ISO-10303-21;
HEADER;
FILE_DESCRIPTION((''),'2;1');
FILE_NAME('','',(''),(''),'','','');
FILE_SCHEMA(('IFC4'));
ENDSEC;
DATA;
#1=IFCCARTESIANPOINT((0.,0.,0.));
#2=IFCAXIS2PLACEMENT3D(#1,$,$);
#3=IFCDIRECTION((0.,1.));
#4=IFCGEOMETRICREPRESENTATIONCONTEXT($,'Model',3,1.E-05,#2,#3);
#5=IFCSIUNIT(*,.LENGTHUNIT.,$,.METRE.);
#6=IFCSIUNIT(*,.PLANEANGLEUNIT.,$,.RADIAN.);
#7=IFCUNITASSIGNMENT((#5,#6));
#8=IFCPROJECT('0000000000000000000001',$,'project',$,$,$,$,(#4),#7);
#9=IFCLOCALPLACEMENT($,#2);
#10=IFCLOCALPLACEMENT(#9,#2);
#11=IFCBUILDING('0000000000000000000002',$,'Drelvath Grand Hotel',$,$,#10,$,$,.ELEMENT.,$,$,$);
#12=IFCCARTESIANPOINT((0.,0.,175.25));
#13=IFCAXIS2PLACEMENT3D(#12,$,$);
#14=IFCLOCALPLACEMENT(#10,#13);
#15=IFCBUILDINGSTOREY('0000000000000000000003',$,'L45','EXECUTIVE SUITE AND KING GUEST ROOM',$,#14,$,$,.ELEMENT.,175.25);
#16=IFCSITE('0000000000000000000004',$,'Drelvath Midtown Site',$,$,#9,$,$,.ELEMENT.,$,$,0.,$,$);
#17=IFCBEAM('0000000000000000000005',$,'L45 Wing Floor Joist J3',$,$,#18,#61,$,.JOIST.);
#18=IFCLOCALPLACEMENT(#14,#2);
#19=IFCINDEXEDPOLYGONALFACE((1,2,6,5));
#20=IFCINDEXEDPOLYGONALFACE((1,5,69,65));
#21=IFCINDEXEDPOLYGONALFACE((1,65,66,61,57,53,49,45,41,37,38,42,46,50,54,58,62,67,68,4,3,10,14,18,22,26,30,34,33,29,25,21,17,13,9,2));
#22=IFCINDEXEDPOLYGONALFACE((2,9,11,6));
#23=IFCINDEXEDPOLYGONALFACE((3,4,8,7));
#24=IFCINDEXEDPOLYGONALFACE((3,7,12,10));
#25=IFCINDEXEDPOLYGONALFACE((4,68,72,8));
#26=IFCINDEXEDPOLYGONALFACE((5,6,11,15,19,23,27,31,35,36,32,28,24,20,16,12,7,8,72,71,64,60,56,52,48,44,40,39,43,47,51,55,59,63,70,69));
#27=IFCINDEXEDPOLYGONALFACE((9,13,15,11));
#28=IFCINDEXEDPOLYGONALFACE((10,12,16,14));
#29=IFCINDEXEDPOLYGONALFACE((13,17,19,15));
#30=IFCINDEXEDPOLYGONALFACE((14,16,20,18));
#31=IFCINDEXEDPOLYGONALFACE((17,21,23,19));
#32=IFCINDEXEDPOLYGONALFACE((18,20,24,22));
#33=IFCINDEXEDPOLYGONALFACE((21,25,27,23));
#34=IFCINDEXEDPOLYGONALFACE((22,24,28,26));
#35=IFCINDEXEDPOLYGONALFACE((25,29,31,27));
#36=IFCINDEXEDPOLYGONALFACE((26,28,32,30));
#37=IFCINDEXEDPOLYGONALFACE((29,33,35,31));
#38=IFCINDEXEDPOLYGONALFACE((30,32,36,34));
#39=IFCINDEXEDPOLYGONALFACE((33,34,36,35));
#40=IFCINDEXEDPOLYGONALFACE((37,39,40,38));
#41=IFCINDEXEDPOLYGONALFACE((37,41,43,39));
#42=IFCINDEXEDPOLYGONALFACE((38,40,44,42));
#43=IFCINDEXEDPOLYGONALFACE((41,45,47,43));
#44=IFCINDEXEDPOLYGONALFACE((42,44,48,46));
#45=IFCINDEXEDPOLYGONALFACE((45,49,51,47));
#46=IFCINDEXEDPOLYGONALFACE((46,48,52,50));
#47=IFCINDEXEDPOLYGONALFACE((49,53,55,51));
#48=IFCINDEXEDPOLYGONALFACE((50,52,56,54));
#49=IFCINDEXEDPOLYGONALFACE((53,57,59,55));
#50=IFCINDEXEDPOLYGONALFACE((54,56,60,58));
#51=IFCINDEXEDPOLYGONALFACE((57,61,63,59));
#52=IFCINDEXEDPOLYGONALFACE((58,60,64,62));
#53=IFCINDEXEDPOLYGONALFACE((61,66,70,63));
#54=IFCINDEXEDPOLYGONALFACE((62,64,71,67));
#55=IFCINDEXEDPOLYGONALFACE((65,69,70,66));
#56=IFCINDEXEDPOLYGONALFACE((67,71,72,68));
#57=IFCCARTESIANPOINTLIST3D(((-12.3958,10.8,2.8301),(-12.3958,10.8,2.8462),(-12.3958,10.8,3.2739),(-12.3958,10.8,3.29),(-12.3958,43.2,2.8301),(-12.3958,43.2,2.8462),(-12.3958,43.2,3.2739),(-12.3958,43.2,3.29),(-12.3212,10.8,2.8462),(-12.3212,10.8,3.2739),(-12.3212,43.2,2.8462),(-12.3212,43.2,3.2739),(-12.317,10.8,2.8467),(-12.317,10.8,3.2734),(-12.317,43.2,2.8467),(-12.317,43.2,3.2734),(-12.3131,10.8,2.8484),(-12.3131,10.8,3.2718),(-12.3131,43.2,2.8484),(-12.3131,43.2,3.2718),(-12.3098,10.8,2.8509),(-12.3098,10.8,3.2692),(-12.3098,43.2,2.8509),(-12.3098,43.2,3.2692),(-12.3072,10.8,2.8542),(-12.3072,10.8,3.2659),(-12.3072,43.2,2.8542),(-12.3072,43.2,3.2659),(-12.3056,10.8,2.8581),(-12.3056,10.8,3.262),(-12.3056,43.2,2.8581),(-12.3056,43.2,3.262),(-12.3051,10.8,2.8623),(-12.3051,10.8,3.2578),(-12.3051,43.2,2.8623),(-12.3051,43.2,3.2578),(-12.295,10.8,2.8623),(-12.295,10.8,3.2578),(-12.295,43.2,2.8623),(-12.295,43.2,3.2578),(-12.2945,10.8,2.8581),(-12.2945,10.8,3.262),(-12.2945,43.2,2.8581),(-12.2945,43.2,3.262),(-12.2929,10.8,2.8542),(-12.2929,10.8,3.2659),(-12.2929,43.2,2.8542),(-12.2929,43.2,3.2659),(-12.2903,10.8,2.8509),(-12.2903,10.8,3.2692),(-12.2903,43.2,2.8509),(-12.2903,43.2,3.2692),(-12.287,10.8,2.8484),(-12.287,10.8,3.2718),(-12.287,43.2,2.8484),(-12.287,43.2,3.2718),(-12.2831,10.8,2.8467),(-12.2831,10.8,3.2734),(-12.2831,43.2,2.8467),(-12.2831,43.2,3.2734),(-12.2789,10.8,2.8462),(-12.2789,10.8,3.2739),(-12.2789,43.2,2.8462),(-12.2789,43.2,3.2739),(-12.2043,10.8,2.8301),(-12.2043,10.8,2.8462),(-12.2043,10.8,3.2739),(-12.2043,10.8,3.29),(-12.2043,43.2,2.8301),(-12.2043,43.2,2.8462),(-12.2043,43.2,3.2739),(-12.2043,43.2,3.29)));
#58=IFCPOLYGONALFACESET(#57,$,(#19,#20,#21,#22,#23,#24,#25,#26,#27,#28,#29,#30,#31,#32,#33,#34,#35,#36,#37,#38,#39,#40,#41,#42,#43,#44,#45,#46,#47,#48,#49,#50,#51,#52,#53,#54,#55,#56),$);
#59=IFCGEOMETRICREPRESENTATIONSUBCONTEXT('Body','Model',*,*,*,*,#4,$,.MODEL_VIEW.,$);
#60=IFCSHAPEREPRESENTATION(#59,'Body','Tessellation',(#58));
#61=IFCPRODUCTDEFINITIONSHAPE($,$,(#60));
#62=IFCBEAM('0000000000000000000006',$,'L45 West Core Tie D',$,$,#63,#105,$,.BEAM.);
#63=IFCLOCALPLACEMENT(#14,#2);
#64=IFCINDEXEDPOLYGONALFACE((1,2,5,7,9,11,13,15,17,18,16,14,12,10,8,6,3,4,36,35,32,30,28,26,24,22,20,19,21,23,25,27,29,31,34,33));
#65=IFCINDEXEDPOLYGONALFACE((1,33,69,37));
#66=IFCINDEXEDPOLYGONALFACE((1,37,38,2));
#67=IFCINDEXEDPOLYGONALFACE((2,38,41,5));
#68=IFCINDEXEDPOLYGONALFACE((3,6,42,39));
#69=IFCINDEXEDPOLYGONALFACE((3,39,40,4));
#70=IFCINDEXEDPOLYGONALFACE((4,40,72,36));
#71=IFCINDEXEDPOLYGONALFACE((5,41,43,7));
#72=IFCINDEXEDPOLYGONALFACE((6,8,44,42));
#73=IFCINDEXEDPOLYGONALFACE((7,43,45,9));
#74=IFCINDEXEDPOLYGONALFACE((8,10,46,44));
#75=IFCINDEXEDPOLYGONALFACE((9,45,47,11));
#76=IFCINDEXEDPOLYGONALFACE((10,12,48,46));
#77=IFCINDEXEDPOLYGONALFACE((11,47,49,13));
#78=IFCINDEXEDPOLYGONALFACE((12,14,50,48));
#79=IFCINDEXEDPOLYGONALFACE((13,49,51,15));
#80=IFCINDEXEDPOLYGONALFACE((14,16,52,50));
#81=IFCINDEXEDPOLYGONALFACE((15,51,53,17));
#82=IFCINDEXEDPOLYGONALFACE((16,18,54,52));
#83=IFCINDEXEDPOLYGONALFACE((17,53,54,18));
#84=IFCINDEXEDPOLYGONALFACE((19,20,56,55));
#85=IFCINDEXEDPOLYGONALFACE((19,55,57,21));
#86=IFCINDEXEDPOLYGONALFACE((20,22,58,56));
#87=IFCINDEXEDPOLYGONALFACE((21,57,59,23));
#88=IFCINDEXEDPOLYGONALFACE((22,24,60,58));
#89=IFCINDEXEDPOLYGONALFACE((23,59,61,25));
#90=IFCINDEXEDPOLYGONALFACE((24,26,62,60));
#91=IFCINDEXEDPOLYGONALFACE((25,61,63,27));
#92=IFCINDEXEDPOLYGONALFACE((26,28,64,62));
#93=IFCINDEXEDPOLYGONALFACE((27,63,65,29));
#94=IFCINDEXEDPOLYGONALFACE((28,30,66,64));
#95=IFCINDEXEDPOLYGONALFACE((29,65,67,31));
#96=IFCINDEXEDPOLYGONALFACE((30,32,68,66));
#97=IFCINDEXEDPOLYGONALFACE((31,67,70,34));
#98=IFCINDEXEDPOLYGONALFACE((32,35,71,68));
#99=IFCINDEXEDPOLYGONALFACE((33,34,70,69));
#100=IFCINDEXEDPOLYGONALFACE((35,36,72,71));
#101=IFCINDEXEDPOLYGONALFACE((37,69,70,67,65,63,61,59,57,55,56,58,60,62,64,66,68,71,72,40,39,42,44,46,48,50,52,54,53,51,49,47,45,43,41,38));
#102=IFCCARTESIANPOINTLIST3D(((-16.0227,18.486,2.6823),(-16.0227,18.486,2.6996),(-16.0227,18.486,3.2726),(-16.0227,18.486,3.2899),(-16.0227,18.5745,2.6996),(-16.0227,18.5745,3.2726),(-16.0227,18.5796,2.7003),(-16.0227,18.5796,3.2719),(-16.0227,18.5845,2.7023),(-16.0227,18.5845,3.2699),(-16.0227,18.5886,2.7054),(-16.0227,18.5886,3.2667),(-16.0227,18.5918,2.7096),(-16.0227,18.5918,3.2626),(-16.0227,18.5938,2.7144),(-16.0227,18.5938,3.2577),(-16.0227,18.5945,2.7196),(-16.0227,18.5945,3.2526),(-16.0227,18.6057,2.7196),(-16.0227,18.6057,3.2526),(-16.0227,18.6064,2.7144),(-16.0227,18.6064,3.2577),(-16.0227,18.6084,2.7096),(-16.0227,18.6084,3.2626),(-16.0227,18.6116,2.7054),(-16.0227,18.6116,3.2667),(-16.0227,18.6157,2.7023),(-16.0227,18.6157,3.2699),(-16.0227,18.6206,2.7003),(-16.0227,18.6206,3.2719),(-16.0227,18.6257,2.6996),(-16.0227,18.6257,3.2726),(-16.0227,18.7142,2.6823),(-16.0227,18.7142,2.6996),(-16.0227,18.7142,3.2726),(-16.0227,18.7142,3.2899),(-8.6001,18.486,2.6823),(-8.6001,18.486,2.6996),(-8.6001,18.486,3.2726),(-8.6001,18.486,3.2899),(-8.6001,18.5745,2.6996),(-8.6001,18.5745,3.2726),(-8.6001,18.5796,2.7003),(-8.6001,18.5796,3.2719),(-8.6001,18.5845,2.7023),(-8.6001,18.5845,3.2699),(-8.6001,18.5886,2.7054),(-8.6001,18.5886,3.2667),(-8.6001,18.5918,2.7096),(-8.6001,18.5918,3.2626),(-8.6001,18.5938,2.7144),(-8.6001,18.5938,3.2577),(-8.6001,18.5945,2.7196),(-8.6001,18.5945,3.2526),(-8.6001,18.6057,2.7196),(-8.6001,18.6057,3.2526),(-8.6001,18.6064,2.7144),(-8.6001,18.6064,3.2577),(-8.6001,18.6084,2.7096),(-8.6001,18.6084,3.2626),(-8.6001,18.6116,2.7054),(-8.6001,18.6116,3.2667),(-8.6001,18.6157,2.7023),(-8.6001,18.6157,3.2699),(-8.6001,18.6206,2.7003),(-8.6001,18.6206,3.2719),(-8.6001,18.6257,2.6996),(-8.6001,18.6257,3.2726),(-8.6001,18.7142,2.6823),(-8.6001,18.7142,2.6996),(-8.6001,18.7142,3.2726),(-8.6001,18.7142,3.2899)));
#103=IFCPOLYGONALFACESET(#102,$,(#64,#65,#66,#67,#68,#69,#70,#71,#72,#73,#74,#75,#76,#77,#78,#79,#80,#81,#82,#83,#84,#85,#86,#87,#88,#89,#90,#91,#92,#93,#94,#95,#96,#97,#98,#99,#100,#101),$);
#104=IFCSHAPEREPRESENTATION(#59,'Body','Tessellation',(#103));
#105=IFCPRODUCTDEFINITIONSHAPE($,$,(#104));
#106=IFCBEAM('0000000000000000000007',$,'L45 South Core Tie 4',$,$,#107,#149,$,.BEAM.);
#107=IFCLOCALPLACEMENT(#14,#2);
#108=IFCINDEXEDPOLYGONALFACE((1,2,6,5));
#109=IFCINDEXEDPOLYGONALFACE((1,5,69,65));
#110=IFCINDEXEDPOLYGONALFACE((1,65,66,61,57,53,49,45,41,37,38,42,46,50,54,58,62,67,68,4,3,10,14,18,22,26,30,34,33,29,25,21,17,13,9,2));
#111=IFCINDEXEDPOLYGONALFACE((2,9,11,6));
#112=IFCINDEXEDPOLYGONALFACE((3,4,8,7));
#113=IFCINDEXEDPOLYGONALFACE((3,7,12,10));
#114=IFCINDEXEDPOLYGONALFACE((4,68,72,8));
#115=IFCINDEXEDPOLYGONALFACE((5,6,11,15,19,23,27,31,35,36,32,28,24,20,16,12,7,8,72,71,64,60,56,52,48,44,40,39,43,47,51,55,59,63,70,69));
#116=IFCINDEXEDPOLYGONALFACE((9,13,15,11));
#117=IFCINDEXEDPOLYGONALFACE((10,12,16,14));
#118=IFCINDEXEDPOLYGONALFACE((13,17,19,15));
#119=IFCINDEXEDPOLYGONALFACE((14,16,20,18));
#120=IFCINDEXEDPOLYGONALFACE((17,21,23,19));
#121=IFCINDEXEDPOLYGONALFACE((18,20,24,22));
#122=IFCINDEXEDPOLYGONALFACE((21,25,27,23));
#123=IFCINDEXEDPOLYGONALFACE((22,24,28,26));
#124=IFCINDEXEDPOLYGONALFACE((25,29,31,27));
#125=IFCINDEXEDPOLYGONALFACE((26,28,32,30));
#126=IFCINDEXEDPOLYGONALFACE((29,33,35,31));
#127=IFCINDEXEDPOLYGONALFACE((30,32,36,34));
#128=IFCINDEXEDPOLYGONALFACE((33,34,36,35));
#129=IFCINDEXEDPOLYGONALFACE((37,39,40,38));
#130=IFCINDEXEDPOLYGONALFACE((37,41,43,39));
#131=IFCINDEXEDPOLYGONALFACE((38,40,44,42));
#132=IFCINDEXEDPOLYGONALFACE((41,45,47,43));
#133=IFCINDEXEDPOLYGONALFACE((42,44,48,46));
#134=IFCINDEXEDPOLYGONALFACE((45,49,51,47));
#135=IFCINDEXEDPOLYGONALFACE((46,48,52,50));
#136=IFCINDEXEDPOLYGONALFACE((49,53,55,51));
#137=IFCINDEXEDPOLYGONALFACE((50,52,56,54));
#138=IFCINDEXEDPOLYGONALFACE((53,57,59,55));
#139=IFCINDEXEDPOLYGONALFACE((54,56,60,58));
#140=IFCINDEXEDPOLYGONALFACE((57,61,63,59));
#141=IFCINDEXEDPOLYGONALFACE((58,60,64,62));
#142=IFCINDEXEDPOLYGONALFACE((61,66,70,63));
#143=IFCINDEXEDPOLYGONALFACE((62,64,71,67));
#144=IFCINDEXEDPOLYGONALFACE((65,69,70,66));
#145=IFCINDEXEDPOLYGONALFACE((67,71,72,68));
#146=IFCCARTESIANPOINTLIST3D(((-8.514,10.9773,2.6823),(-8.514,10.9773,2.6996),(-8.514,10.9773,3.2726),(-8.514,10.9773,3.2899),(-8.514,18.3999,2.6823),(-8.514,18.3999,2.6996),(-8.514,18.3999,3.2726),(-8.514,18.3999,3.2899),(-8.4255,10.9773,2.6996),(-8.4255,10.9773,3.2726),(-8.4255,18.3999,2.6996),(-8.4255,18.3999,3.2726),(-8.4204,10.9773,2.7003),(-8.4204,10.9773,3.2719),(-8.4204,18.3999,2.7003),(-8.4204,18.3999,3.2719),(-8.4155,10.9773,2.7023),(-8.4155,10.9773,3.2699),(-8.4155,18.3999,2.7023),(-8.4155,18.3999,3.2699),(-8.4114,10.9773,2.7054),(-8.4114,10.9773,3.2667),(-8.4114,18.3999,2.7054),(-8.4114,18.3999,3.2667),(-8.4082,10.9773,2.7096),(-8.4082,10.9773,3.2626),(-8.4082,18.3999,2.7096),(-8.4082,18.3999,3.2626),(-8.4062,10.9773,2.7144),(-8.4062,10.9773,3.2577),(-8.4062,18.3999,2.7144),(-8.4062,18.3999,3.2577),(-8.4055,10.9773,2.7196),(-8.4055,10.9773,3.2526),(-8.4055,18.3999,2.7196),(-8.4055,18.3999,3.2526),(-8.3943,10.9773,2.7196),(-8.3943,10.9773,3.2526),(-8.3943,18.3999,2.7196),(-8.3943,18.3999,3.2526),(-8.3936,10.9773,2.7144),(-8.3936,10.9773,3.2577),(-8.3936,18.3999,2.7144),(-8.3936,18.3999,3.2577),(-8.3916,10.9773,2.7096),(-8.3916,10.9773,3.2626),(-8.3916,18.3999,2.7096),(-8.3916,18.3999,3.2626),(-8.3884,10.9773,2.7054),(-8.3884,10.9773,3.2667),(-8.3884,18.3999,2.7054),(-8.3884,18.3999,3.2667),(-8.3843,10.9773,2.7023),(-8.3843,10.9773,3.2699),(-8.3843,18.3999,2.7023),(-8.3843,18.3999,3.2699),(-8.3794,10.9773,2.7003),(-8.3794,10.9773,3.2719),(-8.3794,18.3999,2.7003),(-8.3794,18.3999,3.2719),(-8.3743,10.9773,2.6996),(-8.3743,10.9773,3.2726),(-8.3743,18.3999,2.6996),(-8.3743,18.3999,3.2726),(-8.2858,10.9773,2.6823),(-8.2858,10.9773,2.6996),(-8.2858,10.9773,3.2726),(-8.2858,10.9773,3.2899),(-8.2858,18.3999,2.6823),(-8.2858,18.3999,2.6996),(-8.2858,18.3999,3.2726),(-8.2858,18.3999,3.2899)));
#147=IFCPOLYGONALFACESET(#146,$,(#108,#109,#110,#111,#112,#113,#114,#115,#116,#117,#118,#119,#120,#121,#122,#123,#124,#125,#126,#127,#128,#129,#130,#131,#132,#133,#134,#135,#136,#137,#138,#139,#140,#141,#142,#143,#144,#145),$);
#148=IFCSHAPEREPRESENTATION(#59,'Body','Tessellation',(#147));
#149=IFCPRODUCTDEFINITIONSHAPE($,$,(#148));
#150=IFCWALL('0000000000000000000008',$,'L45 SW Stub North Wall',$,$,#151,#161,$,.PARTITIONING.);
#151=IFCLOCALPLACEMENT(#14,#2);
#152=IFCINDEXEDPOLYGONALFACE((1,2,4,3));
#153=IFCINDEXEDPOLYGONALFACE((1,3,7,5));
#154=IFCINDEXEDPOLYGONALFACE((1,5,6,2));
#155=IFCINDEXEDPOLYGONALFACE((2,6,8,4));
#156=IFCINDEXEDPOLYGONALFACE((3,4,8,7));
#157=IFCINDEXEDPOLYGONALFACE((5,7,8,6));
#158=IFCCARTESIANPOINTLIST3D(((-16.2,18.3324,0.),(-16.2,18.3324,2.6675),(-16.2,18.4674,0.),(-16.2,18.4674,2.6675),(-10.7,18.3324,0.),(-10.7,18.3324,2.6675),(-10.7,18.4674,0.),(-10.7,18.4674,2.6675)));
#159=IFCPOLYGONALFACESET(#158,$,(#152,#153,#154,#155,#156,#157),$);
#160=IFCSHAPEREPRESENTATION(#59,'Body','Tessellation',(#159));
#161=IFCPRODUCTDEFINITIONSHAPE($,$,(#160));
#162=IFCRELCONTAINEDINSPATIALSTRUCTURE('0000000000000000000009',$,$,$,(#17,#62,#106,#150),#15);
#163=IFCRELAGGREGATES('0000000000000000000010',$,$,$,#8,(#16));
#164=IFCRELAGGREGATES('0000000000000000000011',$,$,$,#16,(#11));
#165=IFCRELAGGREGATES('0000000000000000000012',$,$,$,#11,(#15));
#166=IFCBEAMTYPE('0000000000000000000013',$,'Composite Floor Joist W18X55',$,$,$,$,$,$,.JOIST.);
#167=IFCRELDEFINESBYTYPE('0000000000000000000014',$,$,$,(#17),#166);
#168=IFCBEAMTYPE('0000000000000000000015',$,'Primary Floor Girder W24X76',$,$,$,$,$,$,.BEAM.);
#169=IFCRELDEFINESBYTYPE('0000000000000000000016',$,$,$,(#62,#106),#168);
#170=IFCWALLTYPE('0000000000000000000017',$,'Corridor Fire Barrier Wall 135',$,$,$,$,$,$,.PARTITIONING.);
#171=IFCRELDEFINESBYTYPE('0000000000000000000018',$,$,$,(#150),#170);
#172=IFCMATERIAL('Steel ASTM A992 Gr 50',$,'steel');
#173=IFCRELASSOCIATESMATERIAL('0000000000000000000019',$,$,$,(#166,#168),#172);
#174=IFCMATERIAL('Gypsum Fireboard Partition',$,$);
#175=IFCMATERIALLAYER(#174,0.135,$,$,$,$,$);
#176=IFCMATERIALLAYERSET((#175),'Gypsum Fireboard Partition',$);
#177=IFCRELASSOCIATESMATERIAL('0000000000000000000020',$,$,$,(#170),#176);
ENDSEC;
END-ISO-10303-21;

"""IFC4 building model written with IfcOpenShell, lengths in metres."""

from ifc_helpers import new_model, si_unit, direction, frame, frame_2d, origin, origin_2d, place, context, subcontext, project, spatial, rectangle, i_section, extrude, material, layer, layer_set, material_profile, profile_set, type_object, element, save


model = new_model("IFC4")

# Units and contexts
model_context = context("Model", 3, precision=1e-05, world=origin(), true_north=direction((0.0, 1.0)))
body_context = subcontext(model_context, "Body", "Model", "MODEL_VIEW")
ifc_project = project(units=[si_unit("LENGTHUNIT", "METRE"), si_unit("PLANEANGLEUNIT", "RADIAN")], contexts=[model_context])

# Site, building, storey
site_placement = place(None, origin())
site = spatial("IfcSite", under=ifc_project, at=site_placement, Name="Drelvath Midtown Site", CompositionType="ELEMENT", RefElevation=0.0)
building_placement = place(site_placement, origin())
building = spatial("IfcBuilding", under=site, at=building_placement, Name="Drelvath Grand Hotel", CompositionType="ELEMENT")
storey_placement = place(building_placement, frame((0.0, 0.0, 175.25)))
storey = spatial("IfcBuildingStorey", under=building, at=storey_placement, Name="L45", Description="EXECUTIVE SUITE AND KING GUEST ROOM", CompositionType="ELEMENT", Elevation=175.25)

# Beams
ifc_material_1 = material(Name="Steel ASTM A992 Gr 50", Category="steel")
ifc_material_profile_1 = material_profile(ifc_material_1, i_section(OverallWidth=0.1914, OverallDepth=0.46, WebThickness=0.01, FlangeThickness=0.0161, FilletRadius=0.0161, at=origin_2d()), Name="W18X55")
ifc_profile_set_1 = profile_set([ifc_material_profile_1], Name="Steel ASTM A992 Gr 50")
beam_type_1 = type_object("IfcBeamType", Name="Composite Floor Joist W18X55", PredefinedType="JOIST", material=ifc_profile_set_1)
beam_placement = place(storey_placement, frame((-12.3, 10.8, 3.0601), z_axis=(0.0, 1.0, 0.0), x_axis=(-1.0, 0.0, 0.0)))
element("IfcBeam", 1, at=beam_placement, inside=storey, type_object=beam_type_1, Name="L45 Wing Floor Joist J3", PredefinedType="JOIST", context=body_context, shape_type="SweptSolid", body=[
    extrude(i_section(OverallWidth=0.1914, OverallDepth=0.46, WebThickness=0.01, FlangeThickness=0.0161, FilletRadius=0.0161, at=origin_2d()), origin(), (0.0, 0.0, 1.0), 32.3999),
])
ifc_material_profile_2 = material_profile(ifc_material_1, i_section(OverallWidth=0.2283, OverallDepth=0.6077, WebThickness=0.0112, FlangeThickness=0.0173, FilletRadius=0.02, at=origin_2d()), Name="W24X76")
ifc_profile_set_2 = profile_set([ifc_material_profile_2], Name="Steel ASTM A992 Gr 50")
beam_type_2 = type_object("IfcBeamType", Name="Primary Floor Girder W24X76", PredefinedType="BEAM", material=ifc_profile_set_2)
for number, where, z_axis, x_axis, name in (
    (2, (-16.0227, 18.6001, 2.9861), (1.0, 0.0, 0.0), (0.0, 1.0, 0.0), "L45 West Core Tie D"),
    (3, (-8.3999, 10.9773, 2.9861), (0.0, 1.0, 0.0), (-1.0, 0.0, 0.0), "L45 South Core Tie 4"),
):
    element("IfcBeam", number, at=place(storey_placement, frame(where, z_axis=z_axis, x_axis=x_axis)), inside=storey, type_object=beam_type_2, Name=name, PredefinedType="BEAM", context=body_context, shape_type="SweptSolid", body=[
        extrude(i_section(OverallWidth=0.2283, OverallDepth=0.6077, WebThickness=0.0112, FlangeThickness=0.0173, FilletRadius=0.02, at=origin_2d()), origin(), (0.0, 0.0, 1.0), 7.4226),
    ])

# Wall
ifc_material_2 = material(Name="Gypsum Fireboard Partition")
ifc_layer_1 = layer(ifc_material_2, 0.135)
ifc_layer_set_1 = layer_set([ifc_layer_1], Name="Gypsum Fireboard Partition")
wall_type_1 = type_object("IfcWallType", Name="Corridor Fire Barrier Wall 135", PredefinedType="PARTITIONING", material=ifc_layer_set_1)
wall_1_placement = place(storey_placement, frame((-16.2, 18.3999, 0.0), z_axis=(0.0, 0.0, 1.0), x_axis=(1.0, 0.0, 0.0)))
element("IfcWall", 4, at=wall_1_placement, inside=storey, type_object=wall_type_1, Name="L45 SW Stub North Wall", PredefinedType="PARTITIONING", context=body_context, shape_type="SweptSolid", body=[
    extrude(rectangle(XDim=5.5, YDim=0.135, at=frame_2d((2.75, 0.0))), origin(), (0.0, 0.0, 1.0), 2.6675),
])

save(model, "model.ifc")
